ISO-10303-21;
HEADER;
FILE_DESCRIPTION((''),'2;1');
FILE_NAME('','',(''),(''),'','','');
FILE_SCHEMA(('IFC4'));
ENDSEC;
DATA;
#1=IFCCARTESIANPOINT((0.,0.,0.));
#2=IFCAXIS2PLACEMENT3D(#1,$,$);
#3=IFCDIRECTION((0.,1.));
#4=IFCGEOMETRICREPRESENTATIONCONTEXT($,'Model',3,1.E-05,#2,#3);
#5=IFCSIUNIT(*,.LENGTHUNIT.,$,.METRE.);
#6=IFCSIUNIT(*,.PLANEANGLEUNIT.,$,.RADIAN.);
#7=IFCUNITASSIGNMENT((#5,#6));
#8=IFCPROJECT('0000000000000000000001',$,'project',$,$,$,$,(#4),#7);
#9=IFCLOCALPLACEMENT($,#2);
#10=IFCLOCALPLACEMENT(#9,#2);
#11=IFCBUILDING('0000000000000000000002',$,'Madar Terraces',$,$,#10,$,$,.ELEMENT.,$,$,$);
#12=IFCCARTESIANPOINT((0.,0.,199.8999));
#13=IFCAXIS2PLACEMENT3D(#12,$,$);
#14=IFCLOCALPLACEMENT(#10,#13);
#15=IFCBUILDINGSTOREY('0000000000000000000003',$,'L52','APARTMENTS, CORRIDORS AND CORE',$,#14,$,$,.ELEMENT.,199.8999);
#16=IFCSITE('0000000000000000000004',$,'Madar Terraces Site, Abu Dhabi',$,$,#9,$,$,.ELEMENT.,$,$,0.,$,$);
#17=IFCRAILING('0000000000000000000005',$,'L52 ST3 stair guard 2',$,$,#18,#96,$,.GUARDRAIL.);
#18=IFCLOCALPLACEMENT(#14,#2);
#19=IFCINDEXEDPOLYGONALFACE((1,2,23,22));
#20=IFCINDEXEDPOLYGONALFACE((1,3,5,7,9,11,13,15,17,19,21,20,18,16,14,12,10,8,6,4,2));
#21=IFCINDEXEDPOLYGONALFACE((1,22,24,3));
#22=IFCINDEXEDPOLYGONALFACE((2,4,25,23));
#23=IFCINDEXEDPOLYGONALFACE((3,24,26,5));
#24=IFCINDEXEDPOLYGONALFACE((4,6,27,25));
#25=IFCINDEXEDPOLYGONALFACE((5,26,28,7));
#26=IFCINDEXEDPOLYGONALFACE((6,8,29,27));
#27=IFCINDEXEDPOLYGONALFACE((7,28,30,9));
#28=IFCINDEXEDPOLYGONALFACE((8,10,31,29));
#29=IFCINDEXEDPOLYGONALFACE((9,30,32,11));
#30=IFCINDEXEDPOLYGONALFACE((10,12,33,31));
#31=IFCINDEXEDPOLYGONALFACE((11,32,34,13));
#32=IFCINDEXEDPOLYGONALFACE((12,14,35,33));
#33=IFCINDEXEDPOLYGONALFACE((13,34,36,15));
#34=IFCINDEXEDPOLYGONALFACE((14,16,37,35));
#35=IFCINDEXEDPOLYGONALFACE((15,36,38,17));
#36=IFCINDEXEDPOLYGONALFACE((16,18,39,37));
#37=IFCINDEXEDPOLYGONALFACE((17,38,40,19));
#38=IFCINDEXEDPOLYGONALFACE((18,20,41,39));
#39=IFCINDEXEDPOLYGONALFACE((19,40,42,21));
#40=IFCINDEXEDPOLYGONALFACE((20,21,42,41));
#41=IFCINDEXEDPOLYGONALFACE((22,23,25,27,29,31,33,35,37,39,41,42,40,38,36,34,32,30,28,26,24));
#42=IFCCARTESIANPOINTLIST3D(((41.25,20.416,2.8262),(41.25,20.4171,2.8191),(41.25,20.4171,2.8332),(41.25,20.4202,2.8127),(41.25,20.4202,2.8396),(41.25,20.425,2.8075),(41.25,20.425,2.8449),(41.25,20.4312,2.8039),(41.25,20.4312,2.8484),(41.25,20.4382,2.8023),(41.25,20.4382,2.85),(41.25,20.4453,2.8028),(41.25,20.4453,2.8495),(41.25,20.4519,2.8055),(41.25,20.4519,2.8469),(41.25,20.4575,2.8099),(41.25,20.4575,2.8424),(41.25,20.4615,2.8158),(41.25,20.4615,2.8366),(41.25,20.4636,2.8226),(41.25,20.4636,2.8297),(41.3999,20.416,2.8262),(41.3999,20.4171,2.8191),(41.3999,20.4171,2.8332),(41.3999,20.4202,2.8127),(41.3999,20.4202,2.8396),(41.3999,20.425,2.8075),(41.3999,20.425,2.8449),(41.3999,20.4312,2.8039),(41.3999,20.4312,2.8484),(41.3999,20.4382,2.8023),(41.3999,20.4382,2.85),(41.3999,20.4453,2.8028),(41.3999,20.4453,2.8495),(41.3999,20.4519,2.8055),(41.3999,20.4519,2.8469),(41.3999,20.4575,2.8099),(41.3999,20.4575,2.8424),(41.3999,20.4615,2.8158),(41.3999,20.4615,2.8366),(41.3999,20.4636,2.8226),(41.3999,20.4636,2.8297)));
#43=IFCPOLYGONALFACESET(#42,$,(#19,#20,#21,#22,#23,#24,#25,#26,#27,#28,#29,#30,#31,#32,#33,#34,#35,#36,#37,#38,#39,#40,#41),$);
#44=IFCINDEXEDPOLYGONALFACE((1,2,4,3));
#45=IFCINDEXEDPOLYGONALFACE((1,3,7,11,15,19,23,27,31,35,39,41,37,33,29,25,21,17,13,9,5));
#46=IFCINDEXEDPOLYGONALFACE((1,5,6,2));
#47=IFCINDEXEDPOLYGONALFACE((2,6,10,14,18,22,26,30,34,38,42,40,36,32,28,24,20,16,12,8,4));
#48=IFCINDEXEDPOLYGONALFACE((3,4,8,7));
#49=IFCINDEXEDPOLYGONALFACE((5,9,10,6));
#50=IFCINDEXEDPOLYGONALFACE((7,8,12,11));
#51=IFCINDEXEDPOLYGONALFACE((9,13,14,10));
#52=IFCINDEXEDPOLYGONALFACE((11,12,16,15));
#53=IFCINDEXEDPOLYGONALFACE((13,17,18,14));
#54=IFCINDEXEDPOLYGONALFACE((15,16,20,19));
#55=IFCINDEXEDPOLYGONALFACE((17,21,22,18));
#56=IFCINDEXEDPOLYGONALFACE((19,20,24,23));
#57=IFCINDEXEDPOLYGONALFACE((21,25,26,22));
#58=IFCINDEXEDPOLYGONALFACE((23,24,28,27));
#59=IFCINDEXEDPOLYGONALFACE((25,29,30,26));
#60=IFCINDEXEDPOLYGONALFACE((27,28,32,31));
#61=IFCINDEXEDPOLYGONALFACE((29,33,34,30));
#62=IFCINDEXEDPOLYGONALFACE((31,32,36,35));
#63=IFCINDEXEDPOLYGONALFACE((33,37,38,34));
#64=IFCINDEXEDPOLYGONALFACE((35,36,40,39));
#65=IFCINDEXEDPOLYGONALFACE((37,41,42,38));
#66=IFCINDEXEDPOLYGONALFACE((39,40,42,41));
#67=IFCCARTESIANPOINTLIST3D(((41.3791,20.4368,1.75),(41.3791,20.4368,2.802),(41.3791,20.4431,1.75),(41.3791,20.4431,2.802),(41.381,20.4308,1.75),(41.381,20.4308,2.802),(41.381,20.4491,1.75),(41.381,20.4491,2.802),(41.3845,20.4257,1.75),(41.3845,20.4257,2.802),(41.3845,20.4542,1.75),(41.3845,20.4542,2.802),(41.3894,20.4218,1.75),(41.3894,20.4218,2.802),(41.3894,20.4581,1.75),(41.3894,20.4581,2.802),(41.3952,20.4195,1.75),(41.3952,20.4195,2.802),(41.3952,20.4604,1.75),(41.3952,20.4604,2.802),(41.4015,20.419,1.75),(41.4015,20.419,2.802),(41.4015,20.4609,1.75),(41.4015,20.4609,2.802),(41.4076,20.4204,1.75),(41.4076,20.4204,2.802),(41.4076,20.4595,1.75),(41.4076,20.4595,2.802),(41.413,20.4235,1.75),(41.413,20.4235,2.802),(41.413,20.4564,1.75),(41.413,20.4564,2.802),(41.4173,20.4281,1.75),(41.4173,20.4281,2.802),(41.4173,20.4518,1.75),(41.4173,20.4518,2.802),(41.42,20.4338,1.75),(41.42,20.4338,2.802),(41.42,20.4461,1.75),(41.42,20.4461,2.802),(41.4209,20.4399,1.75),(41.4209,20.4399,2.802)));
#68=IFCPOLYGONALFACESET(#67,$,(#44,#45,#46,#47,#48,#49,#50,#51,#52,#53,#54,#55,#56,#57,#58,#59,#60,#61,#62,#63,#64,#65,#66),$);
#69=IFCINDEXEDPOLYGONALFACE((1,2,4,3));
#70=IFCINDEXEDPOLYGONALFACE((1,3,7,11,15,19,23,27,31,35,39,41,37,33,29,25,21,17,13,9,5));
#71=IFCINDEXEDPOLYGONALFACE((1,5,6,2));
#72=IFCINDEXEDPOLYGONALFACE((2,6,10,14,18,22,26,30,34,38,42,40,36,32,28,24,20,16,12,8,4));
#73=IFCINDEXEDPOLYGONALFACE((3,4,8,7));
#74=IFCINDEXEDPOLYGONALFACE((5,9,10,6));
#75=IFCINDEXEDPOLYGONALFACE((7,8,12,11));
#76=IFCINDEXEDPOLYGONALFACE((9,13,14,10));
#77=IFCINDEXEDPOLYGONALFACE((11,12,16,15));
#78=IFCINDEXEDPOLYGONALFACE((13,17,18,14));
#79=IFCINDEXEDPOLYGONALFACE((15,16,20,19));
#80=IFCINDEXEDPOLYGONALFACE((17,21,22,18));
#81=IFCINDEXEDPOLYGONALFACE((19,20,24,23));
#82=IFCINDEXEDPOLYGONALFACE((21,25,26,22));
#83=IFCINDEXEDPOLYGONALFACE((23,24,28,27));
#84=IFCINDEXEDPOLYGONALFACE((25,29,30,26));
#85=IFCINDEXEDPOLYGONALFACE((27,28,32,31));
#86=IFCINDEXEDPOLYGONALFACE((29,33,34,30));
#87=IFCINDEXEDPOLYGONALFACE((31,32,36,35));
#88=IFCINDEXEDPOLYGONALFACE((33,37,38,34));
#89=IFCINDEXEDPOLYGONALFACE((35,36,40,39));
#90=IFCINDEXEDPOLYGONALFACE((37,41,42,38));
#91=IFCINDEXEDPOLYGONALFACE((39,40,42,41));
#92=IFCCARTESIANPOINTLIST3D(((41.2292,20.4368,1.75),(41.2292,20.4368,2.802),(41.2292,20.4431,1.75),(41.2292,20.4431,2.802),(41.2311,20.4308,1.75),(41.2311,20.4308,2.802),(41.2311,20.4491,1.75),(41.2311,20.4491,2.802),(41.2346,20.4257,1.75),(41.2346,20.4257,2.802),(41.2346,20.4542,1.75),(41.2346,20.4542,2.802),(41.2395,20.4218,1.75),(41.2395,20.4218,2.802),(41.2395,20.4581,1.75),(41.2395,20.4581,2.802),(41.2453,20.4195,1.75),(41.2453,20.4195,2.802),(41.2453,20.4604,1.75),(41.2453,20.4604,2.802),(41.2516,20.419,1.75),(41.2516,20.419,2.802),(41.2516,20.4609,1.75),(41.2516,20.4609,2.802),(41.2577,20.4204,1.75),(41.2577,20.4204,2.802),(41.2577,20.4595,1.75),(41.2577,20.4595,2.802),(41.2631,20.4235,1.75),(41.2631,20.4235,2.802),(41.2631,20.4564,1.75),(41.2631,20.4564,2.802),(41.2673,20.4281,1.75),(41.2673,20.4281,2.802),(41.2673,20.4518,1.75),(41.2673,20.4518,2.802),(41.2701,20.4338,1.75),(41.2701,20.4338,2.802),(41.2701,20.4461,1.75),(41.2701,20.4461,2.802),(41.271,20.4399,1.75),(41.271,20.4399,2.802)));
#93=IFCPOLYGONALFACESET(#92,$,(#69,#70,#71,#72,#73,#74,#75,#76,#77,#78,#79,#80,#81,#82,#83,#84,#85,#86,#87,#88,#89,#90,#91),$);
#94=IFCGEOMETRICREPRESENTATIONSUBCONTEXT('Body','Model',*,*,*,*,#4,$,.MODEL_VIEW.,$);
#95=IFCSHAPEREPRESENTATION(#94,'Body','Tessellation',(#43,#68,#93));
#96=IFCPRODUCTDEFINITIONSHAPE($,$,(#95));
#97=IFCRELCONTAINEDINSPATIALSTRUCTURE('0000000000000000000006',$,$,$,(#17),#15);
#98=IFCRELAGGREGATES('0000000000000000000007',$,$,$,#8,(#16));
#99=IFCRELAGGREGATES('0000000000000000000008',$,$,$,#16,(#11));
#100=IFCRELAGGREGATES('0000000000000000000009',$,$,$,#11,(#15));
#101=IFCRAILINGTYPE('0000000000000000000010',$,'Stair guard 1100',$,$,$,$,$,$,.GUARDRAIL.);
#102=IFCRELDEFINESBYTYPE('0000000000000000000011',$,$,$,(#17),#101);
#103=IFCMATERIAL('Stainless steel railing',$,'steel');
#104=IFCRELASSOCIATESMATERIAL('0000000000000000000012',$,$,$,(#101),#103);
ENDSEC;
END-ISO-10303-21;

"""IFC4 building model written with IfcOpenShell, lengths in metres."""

from ifc_helpers import new_model, si_unit, direction, frame, origin, origin_2d, place, context, subcontext, project, spatial, circle, extrude, material, type_object, element, save


model = new_model("IFC4")

# Units and contexts
model_context = context("Model", 3, precision=1e-05, world=origin(), true_north=direction((0.0, 1.0)))
body_context = subcontext(model_context, "Body", "Model", "MODEL_VIEW")
ifc_project = project(units=[si_unit("LENGTHUNIT", "METRE"), si_unit("PLANEANGLEUNIT", "RADIAN")], contexts=[model_context])

# Site, building, storey
site_placement = place(None, origin())
site = spatial("IfcSite", under=ifc_project, at=site_placement, Name="Madar Terraces Site, Abu Dhabi", CompositionType="ELEMENT", RefElevation=0.0)
building_placement = place(site_placement, origin())
building = spatial("IfcBuilding", under=site, at=building_placement, Name="Madar Terraces", CompositionType="ELEMENT")
storey_placement = place(building_placement, frame((0.0, 0.0, 199.8999)))
storey = spatial("IfcBuildingStorey", under=building, at=storey_placement, Name="L52", Description="APARTMENTS, CORRIDORS AND CORE", CompositionType="ELEMENT", Elevation=199.8999)

# Railing
ifc_material_1 = material(Name="Stainless steel railing", Category="steel")
railing_type_1 = type_object("IfcRailingType", Name="Stair guard 1100", PredefinedType="GUARDRAIL", material=ifc_material_1)
railing_1_placement = place(storey_placement, frame((41.3999, 20.4399, 1.75)))
element("IfcRailing", 1, at=railing_1_placement, inside=storey, type_object=railing_type_1, Name="L52 ST3 stair guard 2", PredefinedType="GUARDRAIL", context=body_context, shape_type="SweptSolid", body=[
    extrude(circle(Radius=0.0239, at=origin_2d()), frame((0.0, 0.0, 1.0762), z_axis=(-1.0, 0.0, 0.0), x_axis=(0.0, -1.0, 0.0)), (0.0, 0.0, 1.0), 0.1499),
    extrude(circle(Radius=0.021, at=origin_2d()), origin(), (0.0, 0.0, 1.0), 1.052),
    extrude(circle(Radius=0.021, at=origin_2d()), frame((-0.1499, 0.0, 0.0)), (0.0, 0.0, 1.0), 1.052),
])

save(model, "model.ifc")
